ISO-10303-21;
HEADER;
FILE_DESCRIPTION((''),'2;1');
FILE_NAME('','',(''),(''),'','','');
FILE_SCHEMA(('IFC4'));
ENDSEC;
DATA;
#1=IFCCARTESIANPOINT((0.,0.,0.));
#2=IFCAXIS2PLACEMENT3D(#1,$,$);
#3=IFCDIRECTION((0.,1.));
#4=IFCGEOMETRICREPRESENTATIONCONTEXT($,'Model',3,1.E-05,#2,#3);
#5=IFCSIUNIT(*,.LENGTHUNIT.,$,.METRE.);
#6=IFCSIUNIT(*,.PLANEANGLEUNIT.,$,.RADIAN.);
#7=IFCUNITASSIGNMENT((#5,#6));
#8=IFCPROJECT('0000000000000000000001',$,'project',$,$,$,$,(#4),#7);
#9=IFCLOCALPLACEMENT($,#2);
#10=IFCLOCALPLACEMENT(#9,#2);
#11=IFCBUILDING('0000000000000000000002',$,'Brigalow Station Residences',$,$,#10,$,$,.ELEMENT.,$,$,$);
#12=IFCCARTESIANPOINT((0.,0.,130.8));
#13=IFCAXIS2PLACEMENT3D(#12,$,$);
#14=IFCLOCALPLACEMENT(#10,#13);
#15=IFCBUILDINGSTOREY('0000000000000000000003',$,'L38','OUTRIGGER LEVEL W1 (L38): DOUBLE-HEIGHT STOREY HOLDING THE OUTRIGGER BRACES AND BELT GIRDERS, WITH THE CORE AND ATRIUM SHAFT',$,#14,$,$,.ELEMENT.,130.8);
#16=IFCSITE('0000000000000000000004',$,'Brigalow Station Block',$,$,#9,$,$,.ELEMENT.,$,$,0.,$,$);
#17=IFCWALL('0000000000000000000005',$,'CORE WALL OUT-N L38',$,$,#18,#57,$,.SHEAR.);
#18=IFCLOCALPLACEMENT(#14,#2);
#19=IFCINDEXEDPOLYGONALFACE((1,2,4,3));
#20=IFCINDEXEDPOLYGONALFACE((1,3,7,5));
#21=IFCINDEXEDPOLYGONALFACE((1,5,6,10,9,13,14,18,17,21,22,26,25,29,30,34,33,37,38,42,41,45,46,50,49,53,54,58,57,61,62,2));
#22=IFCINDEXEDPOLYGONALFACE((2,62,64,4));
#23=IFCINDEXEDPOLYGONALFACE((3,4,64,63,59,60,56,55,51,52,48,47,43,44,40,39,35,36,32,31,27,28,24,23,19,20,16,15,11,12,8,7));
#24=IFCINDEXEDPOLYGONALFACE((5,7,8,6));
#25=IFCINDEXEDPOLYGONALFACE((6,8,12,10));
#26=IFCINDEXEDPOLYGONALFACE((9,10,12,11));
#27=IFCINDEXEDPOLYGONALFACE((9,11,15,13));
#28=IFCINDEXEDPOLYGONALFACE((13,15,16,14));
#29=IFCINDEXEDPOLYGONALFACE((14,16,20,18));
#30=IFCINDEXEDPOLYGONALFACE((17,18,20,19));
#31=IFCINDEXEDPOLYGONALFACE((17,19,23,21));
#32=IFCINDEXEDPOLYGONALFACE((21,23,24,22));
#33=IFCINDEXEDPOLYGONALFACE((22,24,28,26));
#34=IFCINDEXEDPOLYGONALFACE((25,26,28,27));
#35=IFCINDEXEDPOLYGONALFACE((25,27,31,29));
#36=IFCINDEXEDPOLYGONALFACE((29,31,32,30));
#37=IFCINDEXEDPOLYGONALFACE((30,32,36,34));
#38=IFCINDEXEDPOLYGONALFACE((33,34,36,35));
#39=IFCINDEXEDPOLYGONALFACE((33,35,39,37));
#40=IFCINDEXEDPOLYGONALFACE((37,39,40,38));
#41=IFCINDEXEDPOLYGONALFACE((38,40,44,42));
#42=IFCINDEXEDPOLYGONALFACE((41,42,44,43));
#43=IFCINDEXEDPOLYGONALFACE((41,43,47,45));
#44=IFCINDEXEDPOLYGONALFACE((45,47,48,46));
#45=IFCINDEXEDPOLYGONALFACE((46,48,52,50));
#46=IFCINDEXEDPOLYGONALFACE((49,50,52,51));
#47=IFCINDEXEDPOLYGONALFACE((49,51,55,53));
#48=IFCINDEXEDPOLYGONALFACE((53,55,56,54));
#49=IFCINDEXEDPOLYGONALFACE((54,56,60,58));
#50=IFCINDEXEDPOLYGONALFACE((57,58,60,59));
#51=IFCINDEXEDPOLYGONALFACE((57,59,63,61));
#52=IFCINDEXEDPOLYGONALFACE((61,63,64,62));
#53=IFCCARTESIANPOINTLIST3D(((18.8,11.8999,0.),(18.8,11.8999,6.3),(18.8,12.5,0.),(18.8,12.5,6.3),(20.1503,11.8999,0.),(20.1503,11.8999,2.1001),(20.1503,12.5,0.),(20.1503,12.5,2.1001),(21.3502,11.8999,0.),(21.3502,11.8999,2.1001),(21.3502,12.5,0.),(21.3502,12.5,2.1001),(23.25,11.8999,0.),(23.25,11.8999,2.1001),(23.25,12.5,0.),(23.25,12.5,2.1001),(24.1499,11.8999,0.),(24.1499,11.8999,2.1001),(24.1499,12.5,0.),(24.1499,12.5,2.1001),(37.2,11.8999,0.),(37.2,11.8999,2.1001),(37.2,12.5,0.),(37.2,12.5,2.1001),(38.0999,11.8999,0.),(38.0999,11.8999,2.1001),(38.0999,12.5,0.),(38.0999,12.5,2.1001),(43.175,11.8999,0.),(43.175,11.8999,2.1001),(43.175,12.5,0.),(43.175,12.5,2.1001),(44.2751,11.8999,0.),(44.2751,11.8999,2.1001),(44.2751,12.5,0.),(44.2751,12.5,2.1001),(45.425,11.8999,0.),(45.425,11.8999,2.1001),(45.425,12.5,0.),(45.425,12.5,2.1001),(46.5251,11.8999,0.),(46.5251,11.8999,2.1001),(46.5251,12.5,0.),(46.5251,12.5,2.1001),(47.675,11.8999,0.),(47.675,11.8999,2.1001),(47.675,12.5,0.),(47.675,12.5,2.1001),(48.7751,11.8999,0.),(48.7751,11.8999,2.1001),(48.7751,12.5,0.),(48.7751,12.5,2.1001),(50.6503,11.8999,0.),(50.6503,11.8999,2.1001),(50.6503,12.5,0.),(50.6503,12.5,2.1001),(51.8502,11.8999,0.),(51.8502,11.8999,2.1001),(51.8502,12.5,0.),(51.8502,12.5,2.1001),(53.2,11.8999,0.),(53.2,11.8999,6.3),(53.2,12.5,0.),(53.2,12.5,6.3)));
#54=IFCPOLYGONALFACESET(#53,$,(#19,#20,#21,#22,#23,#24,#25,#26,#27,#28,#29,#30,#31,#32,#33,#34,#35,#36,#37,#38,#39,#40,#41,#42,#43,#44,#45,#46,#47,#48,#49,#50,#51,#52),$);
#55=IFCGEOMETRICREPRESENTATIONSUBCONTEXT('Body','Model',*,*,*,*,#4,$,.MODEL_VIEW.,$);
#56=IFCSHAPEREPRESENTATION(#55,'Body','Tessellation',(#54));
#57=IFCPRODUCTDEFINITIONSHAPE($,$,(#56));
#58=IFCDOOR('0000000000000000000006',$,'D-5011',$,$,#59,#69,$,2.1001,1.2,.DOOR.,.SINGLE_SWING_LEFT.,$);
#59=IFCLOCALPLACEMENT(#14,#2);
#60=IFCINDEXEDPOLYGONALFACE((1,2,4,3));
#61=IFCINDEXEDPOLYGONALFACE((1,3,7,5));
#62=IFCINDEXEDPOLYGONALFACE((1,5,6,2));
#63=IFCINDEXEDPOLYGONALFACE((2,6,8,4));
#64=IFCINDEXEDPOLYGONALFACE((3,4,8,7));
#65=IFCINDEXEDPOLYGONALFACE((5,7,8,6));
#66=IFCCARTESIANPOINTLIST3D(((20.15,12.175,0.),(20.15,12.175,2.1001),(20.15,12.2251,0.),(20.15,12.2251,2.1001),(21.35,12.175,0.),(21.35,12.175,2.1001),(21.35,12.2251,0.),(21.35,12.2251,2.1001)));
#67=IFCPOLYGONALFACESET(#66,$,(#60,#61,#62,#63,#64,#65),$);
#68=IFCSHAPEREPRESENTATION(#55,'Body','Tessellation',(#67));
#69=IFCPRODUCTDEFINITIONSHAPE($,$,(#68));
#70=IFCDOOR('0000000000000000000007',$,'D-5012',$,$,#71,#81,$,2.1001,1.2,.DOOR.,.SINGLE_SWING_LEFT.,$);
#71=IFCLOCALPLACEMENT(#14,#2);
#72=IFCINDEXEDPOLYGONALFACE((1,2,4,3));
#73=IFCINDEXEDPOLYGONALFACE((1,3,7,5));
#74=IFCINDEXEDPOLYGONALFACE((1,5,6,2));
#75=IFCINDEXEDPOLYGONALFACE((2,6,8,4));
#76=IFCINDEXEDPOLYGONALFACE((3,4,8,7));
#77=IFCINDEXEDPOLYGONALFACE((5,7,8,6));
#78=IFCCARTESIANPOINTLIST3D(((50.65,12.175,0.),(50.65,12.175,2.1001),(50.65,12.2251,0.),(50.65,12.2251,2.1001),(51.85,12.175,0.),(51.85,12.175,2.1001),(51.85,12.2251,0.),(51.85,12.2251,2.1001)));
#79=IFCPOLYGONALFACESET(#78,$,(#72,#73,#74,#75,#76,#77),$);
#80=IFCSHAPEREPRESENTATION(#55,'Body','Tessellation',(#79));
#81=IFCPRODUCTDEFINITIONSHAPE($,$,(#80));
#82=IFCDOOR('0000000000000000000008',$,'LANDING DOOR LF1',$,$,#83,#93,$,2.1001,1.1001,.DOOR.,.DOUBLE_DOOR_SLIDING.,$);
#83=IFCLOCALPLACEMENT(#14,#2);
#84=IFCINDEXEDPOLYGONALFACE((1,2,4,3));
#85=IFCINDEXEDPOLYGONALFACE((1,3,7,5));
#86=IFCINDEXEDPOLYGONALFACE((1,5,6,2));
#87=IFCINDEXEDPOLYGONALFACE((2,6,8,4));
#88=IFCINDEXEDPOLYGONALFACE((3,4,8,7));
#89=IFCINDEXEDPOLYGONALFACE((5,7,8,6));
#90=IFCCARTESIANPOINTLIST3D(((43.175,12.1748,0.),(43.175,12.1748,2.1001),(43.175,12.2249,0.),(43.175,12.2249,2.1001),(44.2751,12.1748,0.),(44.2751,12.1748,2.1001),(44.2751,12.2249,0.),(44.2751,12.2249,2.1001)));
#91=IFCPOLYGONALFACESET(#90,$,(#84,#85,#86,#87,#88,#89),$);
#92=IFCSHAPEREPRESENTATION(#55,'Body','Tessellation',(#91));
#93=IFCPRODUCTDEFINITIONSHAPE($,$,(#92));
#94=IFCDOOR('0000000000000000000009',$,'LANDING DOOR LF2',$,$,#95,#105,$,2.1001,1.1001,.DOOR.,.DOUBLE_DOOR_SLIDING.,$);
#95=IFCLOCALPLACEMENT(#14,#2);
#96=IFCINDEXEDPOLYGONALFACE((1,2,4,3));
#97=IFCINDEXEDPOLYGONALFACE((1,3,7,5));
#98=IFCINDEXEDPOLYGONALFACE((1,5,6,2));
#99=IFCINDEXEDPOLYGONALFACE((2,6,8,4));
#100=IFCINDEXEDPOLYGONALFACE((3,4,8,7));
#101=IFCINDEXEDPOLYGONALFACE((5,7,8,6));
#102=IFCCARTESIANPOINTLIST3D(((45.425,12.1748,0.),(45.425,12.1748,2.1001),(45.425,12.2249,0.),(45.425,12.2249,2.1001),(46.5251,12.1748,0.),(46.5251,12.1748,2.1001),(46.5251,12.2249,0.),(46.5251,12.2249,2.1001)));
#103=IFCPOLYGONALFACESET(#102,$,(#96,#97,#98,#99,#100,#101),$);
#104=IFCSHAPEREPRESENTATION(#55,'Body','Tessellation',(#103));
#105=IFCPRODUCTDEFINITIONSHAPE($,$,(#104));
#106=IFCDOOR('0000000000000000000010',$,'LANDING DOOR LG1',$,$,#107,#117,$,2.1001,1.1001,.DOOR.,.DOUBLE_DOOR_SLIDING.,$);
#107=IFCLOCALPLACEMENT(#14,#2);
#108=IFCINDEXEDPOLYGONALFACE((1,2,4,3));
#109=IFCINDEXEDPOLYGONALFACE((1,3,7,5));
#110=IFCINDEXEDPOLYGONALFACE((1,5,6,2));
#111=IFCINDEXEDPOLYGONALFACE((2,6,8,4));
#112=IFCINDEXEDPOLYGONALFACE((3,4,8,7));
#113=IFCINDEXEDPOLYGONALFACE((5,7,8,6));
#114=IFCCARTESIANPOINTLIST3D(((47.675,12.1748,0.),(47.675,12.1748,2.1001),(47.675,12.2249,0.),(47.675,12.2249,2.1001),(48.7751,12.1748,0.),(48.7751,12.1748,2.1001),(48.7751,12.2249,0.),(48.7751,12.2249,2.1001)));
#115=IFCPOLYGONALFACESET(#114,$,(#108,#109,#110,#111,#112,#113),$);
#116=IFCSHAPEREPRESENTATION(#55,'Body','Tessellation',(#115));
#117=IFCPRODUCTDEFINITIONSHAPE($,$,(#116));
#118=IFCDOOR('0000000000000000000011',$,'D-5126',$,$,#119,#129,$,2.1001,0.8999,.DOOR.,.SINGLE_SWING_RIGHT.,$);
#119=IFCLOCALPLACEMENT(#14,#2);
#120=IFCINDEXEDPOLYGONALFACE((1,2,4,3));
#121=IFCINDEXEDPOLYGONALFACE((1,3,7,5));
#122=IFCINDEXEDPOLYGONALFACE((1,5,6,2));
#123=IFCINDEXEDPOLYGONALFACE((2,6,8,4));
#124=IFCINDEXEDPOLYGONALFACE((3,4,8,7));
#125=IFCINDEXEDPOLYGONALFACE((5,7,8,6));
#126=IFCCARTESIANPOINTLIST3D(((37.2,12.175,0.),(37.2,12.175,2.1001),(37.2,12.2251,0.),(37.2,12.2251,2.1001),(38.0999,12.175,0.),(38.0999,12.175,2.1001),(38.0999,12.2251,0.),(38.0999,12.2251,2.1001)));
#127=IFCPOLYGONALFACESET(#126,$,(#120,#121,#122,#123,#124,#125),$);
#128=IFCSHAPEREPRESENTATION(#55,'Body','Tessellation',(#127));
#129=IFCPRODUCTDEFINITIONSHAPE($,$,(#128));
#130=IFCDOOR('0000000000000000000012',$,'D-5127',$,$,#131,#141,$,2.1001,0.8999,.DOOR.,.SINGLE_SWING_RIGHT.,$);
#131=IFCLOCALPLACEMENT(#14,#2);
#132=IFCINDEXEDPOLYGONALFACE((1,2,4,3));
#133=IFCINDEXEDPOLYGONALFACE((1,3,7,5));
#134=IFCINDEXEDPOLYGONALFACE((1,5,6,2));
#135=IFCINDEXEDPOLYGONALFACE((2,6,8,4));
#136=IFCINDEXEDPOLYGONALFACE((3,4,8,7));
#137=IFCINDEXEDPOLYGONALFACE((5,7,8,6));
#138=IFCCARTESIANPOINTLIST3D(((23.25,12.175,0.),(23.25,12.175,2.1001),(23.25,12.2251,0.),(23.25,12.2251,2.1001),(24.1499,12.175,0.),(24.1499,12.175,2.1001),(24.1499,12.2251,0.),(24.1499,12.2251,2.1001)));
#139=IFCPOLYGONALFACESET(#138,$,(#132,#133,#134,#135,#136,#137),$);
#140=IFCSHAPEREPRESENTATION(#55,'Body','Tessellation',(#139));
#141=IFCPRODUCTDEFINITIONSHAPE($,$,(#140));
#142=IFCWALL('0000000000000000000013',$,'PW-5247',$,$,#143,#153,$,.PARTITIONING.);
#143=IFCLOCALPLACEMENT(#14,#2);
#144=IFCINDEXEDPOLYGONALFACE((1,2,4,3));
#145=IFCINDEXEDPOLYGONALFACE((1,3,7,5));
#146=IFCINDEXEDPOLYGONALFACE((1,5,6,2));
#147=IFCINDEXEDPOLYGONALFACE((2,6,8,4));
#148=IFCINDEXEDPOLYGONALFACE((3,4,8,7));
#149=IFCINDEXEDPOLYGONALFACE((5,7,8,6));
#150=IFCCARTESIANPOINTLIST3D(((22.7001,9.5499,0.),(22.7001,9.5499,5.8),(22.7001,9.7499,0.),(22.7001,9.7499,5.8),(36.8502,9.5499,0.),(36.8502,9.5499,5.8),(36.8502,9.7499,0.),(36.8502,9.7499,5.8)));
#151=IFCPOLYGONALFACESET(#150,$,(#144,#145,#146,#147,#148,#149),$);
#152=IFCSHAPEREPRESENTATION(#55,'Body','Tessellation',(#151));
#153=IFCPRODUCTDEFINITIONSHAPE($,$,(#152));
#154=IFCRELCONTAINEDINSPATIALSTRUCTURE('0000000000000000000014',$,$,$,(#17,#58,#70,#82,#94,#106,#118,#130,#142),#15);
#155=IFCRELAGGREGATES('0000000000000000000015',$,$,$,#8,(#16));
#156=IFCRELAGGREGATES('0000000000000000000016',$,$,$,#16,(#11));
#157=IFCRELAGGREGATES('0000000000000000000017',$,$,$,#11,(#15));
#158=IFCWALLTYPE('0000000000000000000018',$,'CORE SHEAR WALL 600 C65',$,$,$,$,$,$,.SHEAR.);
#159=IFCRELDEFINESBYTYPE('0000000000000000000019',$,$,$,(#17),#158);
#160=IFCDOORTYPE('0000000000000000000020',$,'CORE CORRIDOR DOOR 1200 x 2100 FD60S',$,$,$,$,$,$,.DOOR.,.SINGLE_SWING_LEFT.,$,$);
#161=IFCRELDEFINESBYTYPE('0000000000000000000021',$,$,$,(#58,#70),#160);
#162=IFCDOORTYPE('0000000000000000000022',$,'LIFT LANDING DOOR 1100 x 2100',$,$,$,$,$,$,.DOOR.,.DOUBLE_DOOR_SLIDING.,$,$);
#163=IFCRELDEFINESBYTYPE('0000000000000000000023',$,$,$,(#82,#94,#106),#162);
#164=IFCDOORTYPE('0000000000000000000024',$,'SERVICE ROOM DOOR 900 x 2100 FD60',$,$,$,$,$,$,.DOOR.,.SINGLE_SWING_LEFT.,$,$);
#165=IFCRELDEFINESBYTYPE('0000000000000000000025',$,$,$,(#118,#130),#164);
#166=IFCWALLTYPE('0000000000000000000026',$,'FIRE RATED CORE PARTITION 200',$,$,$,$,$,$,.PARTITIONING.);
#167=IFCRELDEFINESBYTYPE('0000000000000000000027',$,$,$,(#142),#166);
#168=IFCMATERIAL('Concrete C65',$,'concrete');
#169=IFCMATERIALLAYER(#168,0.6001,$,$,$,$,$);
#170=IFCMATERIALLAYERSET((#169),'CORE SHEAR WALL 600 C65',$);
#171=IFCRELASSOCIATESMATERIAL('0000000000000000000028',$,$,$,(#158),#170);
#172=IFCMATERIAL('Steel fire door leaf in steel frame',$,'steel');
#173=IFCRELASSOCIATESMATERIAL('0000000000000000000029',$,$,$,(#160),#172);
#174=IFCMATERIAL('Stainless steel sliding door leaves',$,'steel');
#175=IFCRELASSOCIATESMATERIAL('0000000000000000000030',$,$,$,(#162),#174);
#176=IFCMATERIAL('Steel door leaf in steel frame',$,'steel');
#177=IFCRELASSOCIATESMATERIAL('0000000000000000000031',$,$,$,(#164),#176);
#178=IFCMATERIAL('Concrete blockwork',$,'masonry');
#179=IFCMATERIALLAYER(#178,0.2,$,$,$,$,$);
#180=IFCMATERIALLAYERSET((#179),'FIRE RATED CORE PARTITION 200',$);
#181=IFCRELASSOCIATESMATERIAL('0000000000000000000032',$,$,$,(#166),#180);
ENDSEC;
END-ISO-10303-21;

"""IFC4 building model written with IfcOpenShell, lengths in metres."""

from ifc_helpers import new_model, si_unit, direction, frame, frame_2d, origin, place, context, subcontext, project, spatial, rectangle, extrude, material, layer, layer_set, type_object, element, fill, save


model = new_model("IFC4")

# Units and contexts
model_context = context("Model", 3, precision=1e-05, world=origin(), true_north=direction((0.0, 1.0)))
body_context = subcontext(model_context, "Body", "Model", "MODEL_VIEW")
ifc_project = project(units=[si_unit("LENGTHUNIT", "METRE"), si_unit("PLANEANGLEUNIT", "RADIAN")], contexts=[model_context])

# Site, building, storey
site_placement = place(None, origin())
site = spatial("IfcSite", under=ifc_project, at=site_placement, Name="Brigalow Station Block", CompositionType="ELEMENT", RefElevation=0.0)
building_placement = place(site_placement, origin())
building = spatial("IfcBuilding", under=site, at=building_placement, Name="Brigalow Station Residences", CompositionType="ELEMENT")
storey_placement = place(building_placement, frame((0.0, 0.0, 130.8)))
storey = spatial("IfcBuildingStorey", under=building, at=storey_placement, Name="L38", Description="OUTRIGGER LEVEL W1 (L38): DOUBLE-HEIGHT STOREY HOLDING THE OUTRIGGER BRACES AND BELT GIRDERS, WITH THE CORE AND ATRIUM SHAFT", CompositionType="ELEMENT", Elevation=130.8)

# Wall, openings, doors
ifc_material_1 = material(Name="Concrete C65", Category="concrete")
ifc_layer_1 = layer(ifc_material_1, 0.6001)
ifc_layer_set_1 = layer_set([ifc_layer_1], Name="CORE SHEAR WALL 600 C65")
wall_type_1 = type_object("IfcWallType", Name="CORE SHEAR WALL 600 C65", PredefinedType="SHEAR", material=ifc_layer_set_1)
wall_1_placement = place(storey_placement, frame((18.8, 12.2, 0.0), z_axis=(0.0, 0.0, 1.0), x_axis=(1.0, 0.0, 0.0)))
wall_1 = element("IfcWall", 1, at=wall_1_placement, inside=storey, type_object=wall_type_1, Name="CORE WALL OUT-N L38", PredefinedType="SHEAR", context=body_context, shape_type="SweptSolid", body=[
    extrude(rectangle(XDim=34.3999, YDim=0.6001, at=frame_2d((17.2, 0.0))), origin(), (0.0, 0.0, 1.0), 6.3),
])
opening_1_placement = place(wall_1_placement, frame((24.375, 0.0, 0.0)))
opening_1 = element("IfcOpeningElement", 2, at=opening_1_placement, cuts=wall_1, PredefinedType="OPENING", context=body_context, shape_type="SweptSolid", body=[
    extrude(rectangle(XDim=1.1001, YDim=2.1001, at=frame_2d((0.55, 1.05))), frame((0.0, 0.3101, 0.0), z_axis=(0.0, -1.0, 0.0), x_axis=(1.0, 0.0, 0.0)), (0.0, 0.0, 1.0), 0.6201),
])
opening_2_placement = place(wall_1_placement, frame((26.625, 0.0, 0.0)))
opening_2 = element("IfcOpeningElement", 3, at=opening_2_placement, cuts=wall_1, PredefinedType="OPENING", context=body_context, shape_type="SweptSolid", body=[
    extrude(rectangle(XDim=1.1001, YDim=2.1001, at=frame_2d((0.55, 1.05))), frame((0.0, 0.3101, 0.0), z_axis=(0.0, -1.0, 0.0), x_axis=(1.0, 0.0, 0.0)), (0.0, 0.0, 1.0), 0.6201),
])
opening_3_placement = place(wall_1_placement, frame((28.875, 0.0, 0.0)))
opening_3 = element("IfcOpeningElement", 4, at=opening_3_placement, cuts=wall_1, PredefinedType="OPENING", context=body_context, shape_type="SweptSolid", body=[
    extrude(rectangle(XDim=1.1001, YDim=2.1001, at=frame_2d((0.55, 1.05))), frame((0.0, 0.3101, 0.0), z_axis=(0.0, -1.0, 0.0), x_axis=(1.0, 0.0, 0.0)), (0.0, 0.0, 1.0), 0.6201),
])
opening_4_placement = place(wall_1_placement, frame((18.3999, 0.0, 0.0)))
opening_4 = element("IfcOpeningElement", 5, at=opening_4_placement, cuts=wall_1, PredefinedType="OPENING", context=body_context, shape_type="SweptSolid", body=[
    extrude(rectangle(XDim=0.8999, YDim=2.1001, at=frame_2d((0.45, 1.05))), frame((0.0, 0.3101, 0.0), z_axis=(0.0, -1.0, 0.0), x_axis=(1.0, 0.0, 0.0)), (0.0, 0.0, 1.0), 0.6201),
])
opening_5_placement = place(wall_1_placement, frame((4.45, 0.0, 0.0)))
opening_5 = element("IfcOpeningElement", 6, at=opening_5_placement, cuts=wall_1, PredefinedType="OPENING", context=body_context, shape_type="SweptSolid", body=[
    extrude(rectangle(XDim=0.8999, YDim=2.1001, at=frame_2d((0.45, 1.05))), frame((0.0, 0.3101, 0.0), z_axis=(0.0, -1.0, 0.0), x_axis=(1.0, 0.0, 0.0)), (0.0, 0.0, 1.0), 0.6201),
])
opening_6_placement = place(wall_1_placement, frame((1.3501, 0.0, 0.0)))
opening_6 = element("IfcOpeningElement", 7, at=opening_6_placement, cuts=wall_1, PredefinedType="OPENING", context=body_context, shape_type="SweptSolid", body=[
    extrude(rectangle(XDim=1.2, YDim=2.1001, at=frame_2d((0.6001, 1.05))), frame((0.0, 0.3101, 0.0), z_axis=(0.0, -1.0, 0.0), x_axis=(1.0, 0.0, 0.0)), (0.0, 0.0, 1.0), 0.6201),
])
opening_7_placement = place(wall_1_placement, frame((31.8501, 0.0, 0.0)))
opening_7 = element("IfcOpeningElement", 8, at=opening_7_placement, cuts=wall_1, PredefinedType="OPENING", context=body_context, shape_type="SweptSolid", body=[
    extrude(rectangle(XDim=1.2, YDim=2.1001, at=frame_2d((0.6001, 1.05))), frame((0.0, 0.3101, 0.0), z_axis=(0.0, -1.0, 0.0), x_axis=(1.0, 0.0, 0.0)), (0.0, 0.0, 1.0), 0.6201),
])
ifc_material_2 = material(Name="Steel fire door leaf in steel frame", Category="steel")
door_type_1 = type_object("IfcDoorType", Name="CORE CORRIDOR DOOR 1200 x 2100 FD60S", OperationType="SINGLE_SWING_LEFT", PredefinedType="DOOR", material=ifc_material_2)
door_1_placement = place(opening_6_placement, frame((1.2, 0.0, 0.0), z_axis=(0.0, 0.0, 1.0), x_axis=(-1.0, 0.0, 0.0)))
door_1 = element("IfcDoor", 9, at=door_1_placement, inside=storey, type_object=door_type_1, Name="D-5011", OperationType="SINGLE_SWING_LEFT", OverallHeight=2.1001, OverallWidth=1.2, PredefinedType="DOOR", context=body_context, shape_type="SweptSolid", body=[
    extrude(rectangle(XDim=1.2, YDim=2.1001, at=frame_2d((0.6001, 1.05))), frame((0.0, 0.0249, 0.0), z_axis=(0.0, -1.0, 0.0), x_axis=(1.0, 0.0, 0.0)), (0.0, 0.0, 1.0), 0.05),
])
fill(opening_6, door_1)
door_2_placement = place(opening_7_placement, frame((1.2, 0.0, 0.0), z_axis=(0.0, 0.0, 1.0), x_axis=(-1.0, 0.0, 0.0)))
door_2 = element("IfcDoor", 10, at=door_2_placement, inside=storey, type_object=door_type_1, Name="D-5012", OperationType="SINGLE_SWING_LEFT", OverallHeight=2.1001, OverallWidth=1.2, PredefinedType="DOOR", context=body_context, shape_type="SweptSolid", body=[
    extrude(rectangle(XDim=1.2, YDim=2.1001, at=frame_2d((0.6001, 1.05))), frame((0.0, 0.0249, 0.0), z_axis=(0.0, -1.0, 0.0), x_axis=(1.0, 0.0, 0.0)), (0.0, 0.0, 1.0), 0.05),
])
fill(opening_7, door_2)
ifc_material_3 = material(Name="Stainless steel sliding door leaves", Category="steel")
door_type_2 = type_object("IfcDoorType", Name="LIFT LANDING DOOR 1100 x 2100", OperationType="DOUBLE_DOOR_SLIDING", PredefinedType="DOOR", material=ifc_material_3)
door_3_placement = place(opening_1_placement, origin())
door_3 = element("IfcDoor", 11, at=door_3_placement, inside=storey, type_object=door_type_2, Name="LANDING DOOR LF1", OperationType="DOUBLE_DOOR_SLIDING", OverallHeight=2.1001, OverallWidth=1.1001, PredefinedType="DOOR", context=body_context, shape_type="SweptSolid", body=[
    extrude(rectangle(XDim=1.1001, YDim=2.1001, at=frame_2d((0.55, 1.05))), frame((0.0, 0.0249, 0.0), z_axis=(0.0, -1.0, 0.0), x_axis=(1.0, 0.0, 0.0)), (0.0, 0.0, 1.0), 0.05),
])
fill(opening_1, door_3)
door_4_placement = place(opening_2_placement, origin())
door_4 = element("IfcDoor", 12, at=door_4_placement, inside=storey, type_object=door_type_2, Name="LANDING DOOR LF2", OperationType="DOUBLE_DOOR_SLIDING", OverallHeight=2.1001, OverallWidth=1.1001, PredefinedType="DOOR", context=body_context, shape_type="SweptSolid", body=[
    extrude(rectangle(XDim=1.1001, YDim=2.1001, at=frame_2d((0.55, 1.05))), frame((0.0, 0.0249, 0.0), z_axis=(0.0, -1.0, 0.0), x_axis=(1.0, 0.0, 0.0)), (0.0, 0.0, 1.0), 0.05),
])
fill(opening_2, door_4)
door_5_placement = place(opening_3_placement, origin())
door_5 = element("IfcDoor", 13, at=door_5_placement, inside=storey, type_object=door_type_2, Name="LANDING DOOR LG1", OperationType="DOUBLE_DOOR_SLIDING", OverallHeight=2.1001, OverallWidth=1.1001, PredefinedType="DOOR", context=body_context, shape_type="SweptSolid", body=[
    extrude(rectangle(XDim=1.1001, YDim=2.1001, at=frame_2d((0.55, 1.05))), frame((0.0, 0.0249, 0.0), z_axis=(0.0, -1.0, 0.0), x_axis=(1.0, 0.0, 0.0)), (0.0, 0.0, 1.0), 0.05),
])
fill(opening_3, door_5)
ifc_material_4 = material(Name="Steel door leaf in steel frame", Category="steel")
door_type_3 = type_object("IfcDoorType", Name="SERVICE ROOM DOOR 900 x 2100 FD60", OperationType="SINGLE_SWING_LEFT", PredefinedType="DOOR", material=ifc_material_4)
door_6_placement = place(opening_4_placement, frame((0.8999, 0.0, 0.0), z_axis=(0.0, 0.0, 1.0), x_axis=(-1.0, 0.0, 0.0)))
door_6 = element("IfcDoor", 14, at=door_6_placement, inside=storey, type_object=door_type_3, Name="D-5126", OperationType="SINGLE_SWING_RIGHT", OverallHeight=2.1001, OverallWidth=0.8999, PredefinedType="DOOR", context=body_context, shape_type="SweptSolid", body=[
    extrude(rectangle(XDim=0.8999, YDim=2.1001, at=frame_2d((0.45, 1.05))), frame((0.0, 0.0249, 0.0), z_axis=(0.0, -1.0, 0.0), x_axis=(1.0, 0.0, 0.0)), (0.0, 0.0, 1.0), 0.05),
])
fill(opening_4, door_6)
door_7_placement = place(opening_5_placement, frame((0.8999, 0.0, 0.0), z_axis=(0.0, 0.0, 1.0), x_axis=(-1.0, 0.0, 0.0)))
door_7 = element("IfcDoor", 15, at=door_7_placement, inside=storey, type_object=door_type_3, Name="D-5127", OperationType="SINGLE_SWING_RIGHT", OverallHeight=2.1001, OverallWidth=0.8999, PredefinedType="DOOR", context=body_context, shape_type="SweptSolid", body=[
    extrude(rectangle(XDim=0.8999, YDim=2.1001, at=frame_2d((0.45, 1.05))), frame((0.0, 0.0249, 0.0), z_axis=(0.0, -1.0, 0.0), x_axis=(1.0, 0.0, 0.0)), (0.0, 0.0, 1.0), 0.05),
])
fill(opening_5, door_7)

# Wall
ifc_material_5 = material(Name="Concrete blockwork", Category="masonry")
ifc_layer_2 = layer(ifc_material_5, 0.2)
ifc_layer_set_2 = layer_set([ifc_layer_2], Name="FIRE RATED CORE PARTITION 200")
wall_type_2 = type_object("IfcWallType", Name="FIRE RATED CORE PARTITION 200", PredefinedType="PARTITIONING", material=ifc_layer_set_2)
wall_2_placement = place(storey_placement, frame((22.7, 9.6499, 0.0), z_axis=(0.0, 0.0, 1.0), x_axis=(1.0, 0.0, 0.0)))
element("IfcWall", 16, at=wall_2_placement, inside=storey, type_object=wall_type_2, Name="PW-5247", PredefinedType="PARTITIONING", context=body_context, shape_type="SweptSolid", body=[
    extrude(rectangle(XDim=14.1501, YDim=0.2, at=frame_2d((7.0752, 0.0))), origin(), (0.0, 0.0, 1.0), 5.8),
])

save(model, "model.ifc")
